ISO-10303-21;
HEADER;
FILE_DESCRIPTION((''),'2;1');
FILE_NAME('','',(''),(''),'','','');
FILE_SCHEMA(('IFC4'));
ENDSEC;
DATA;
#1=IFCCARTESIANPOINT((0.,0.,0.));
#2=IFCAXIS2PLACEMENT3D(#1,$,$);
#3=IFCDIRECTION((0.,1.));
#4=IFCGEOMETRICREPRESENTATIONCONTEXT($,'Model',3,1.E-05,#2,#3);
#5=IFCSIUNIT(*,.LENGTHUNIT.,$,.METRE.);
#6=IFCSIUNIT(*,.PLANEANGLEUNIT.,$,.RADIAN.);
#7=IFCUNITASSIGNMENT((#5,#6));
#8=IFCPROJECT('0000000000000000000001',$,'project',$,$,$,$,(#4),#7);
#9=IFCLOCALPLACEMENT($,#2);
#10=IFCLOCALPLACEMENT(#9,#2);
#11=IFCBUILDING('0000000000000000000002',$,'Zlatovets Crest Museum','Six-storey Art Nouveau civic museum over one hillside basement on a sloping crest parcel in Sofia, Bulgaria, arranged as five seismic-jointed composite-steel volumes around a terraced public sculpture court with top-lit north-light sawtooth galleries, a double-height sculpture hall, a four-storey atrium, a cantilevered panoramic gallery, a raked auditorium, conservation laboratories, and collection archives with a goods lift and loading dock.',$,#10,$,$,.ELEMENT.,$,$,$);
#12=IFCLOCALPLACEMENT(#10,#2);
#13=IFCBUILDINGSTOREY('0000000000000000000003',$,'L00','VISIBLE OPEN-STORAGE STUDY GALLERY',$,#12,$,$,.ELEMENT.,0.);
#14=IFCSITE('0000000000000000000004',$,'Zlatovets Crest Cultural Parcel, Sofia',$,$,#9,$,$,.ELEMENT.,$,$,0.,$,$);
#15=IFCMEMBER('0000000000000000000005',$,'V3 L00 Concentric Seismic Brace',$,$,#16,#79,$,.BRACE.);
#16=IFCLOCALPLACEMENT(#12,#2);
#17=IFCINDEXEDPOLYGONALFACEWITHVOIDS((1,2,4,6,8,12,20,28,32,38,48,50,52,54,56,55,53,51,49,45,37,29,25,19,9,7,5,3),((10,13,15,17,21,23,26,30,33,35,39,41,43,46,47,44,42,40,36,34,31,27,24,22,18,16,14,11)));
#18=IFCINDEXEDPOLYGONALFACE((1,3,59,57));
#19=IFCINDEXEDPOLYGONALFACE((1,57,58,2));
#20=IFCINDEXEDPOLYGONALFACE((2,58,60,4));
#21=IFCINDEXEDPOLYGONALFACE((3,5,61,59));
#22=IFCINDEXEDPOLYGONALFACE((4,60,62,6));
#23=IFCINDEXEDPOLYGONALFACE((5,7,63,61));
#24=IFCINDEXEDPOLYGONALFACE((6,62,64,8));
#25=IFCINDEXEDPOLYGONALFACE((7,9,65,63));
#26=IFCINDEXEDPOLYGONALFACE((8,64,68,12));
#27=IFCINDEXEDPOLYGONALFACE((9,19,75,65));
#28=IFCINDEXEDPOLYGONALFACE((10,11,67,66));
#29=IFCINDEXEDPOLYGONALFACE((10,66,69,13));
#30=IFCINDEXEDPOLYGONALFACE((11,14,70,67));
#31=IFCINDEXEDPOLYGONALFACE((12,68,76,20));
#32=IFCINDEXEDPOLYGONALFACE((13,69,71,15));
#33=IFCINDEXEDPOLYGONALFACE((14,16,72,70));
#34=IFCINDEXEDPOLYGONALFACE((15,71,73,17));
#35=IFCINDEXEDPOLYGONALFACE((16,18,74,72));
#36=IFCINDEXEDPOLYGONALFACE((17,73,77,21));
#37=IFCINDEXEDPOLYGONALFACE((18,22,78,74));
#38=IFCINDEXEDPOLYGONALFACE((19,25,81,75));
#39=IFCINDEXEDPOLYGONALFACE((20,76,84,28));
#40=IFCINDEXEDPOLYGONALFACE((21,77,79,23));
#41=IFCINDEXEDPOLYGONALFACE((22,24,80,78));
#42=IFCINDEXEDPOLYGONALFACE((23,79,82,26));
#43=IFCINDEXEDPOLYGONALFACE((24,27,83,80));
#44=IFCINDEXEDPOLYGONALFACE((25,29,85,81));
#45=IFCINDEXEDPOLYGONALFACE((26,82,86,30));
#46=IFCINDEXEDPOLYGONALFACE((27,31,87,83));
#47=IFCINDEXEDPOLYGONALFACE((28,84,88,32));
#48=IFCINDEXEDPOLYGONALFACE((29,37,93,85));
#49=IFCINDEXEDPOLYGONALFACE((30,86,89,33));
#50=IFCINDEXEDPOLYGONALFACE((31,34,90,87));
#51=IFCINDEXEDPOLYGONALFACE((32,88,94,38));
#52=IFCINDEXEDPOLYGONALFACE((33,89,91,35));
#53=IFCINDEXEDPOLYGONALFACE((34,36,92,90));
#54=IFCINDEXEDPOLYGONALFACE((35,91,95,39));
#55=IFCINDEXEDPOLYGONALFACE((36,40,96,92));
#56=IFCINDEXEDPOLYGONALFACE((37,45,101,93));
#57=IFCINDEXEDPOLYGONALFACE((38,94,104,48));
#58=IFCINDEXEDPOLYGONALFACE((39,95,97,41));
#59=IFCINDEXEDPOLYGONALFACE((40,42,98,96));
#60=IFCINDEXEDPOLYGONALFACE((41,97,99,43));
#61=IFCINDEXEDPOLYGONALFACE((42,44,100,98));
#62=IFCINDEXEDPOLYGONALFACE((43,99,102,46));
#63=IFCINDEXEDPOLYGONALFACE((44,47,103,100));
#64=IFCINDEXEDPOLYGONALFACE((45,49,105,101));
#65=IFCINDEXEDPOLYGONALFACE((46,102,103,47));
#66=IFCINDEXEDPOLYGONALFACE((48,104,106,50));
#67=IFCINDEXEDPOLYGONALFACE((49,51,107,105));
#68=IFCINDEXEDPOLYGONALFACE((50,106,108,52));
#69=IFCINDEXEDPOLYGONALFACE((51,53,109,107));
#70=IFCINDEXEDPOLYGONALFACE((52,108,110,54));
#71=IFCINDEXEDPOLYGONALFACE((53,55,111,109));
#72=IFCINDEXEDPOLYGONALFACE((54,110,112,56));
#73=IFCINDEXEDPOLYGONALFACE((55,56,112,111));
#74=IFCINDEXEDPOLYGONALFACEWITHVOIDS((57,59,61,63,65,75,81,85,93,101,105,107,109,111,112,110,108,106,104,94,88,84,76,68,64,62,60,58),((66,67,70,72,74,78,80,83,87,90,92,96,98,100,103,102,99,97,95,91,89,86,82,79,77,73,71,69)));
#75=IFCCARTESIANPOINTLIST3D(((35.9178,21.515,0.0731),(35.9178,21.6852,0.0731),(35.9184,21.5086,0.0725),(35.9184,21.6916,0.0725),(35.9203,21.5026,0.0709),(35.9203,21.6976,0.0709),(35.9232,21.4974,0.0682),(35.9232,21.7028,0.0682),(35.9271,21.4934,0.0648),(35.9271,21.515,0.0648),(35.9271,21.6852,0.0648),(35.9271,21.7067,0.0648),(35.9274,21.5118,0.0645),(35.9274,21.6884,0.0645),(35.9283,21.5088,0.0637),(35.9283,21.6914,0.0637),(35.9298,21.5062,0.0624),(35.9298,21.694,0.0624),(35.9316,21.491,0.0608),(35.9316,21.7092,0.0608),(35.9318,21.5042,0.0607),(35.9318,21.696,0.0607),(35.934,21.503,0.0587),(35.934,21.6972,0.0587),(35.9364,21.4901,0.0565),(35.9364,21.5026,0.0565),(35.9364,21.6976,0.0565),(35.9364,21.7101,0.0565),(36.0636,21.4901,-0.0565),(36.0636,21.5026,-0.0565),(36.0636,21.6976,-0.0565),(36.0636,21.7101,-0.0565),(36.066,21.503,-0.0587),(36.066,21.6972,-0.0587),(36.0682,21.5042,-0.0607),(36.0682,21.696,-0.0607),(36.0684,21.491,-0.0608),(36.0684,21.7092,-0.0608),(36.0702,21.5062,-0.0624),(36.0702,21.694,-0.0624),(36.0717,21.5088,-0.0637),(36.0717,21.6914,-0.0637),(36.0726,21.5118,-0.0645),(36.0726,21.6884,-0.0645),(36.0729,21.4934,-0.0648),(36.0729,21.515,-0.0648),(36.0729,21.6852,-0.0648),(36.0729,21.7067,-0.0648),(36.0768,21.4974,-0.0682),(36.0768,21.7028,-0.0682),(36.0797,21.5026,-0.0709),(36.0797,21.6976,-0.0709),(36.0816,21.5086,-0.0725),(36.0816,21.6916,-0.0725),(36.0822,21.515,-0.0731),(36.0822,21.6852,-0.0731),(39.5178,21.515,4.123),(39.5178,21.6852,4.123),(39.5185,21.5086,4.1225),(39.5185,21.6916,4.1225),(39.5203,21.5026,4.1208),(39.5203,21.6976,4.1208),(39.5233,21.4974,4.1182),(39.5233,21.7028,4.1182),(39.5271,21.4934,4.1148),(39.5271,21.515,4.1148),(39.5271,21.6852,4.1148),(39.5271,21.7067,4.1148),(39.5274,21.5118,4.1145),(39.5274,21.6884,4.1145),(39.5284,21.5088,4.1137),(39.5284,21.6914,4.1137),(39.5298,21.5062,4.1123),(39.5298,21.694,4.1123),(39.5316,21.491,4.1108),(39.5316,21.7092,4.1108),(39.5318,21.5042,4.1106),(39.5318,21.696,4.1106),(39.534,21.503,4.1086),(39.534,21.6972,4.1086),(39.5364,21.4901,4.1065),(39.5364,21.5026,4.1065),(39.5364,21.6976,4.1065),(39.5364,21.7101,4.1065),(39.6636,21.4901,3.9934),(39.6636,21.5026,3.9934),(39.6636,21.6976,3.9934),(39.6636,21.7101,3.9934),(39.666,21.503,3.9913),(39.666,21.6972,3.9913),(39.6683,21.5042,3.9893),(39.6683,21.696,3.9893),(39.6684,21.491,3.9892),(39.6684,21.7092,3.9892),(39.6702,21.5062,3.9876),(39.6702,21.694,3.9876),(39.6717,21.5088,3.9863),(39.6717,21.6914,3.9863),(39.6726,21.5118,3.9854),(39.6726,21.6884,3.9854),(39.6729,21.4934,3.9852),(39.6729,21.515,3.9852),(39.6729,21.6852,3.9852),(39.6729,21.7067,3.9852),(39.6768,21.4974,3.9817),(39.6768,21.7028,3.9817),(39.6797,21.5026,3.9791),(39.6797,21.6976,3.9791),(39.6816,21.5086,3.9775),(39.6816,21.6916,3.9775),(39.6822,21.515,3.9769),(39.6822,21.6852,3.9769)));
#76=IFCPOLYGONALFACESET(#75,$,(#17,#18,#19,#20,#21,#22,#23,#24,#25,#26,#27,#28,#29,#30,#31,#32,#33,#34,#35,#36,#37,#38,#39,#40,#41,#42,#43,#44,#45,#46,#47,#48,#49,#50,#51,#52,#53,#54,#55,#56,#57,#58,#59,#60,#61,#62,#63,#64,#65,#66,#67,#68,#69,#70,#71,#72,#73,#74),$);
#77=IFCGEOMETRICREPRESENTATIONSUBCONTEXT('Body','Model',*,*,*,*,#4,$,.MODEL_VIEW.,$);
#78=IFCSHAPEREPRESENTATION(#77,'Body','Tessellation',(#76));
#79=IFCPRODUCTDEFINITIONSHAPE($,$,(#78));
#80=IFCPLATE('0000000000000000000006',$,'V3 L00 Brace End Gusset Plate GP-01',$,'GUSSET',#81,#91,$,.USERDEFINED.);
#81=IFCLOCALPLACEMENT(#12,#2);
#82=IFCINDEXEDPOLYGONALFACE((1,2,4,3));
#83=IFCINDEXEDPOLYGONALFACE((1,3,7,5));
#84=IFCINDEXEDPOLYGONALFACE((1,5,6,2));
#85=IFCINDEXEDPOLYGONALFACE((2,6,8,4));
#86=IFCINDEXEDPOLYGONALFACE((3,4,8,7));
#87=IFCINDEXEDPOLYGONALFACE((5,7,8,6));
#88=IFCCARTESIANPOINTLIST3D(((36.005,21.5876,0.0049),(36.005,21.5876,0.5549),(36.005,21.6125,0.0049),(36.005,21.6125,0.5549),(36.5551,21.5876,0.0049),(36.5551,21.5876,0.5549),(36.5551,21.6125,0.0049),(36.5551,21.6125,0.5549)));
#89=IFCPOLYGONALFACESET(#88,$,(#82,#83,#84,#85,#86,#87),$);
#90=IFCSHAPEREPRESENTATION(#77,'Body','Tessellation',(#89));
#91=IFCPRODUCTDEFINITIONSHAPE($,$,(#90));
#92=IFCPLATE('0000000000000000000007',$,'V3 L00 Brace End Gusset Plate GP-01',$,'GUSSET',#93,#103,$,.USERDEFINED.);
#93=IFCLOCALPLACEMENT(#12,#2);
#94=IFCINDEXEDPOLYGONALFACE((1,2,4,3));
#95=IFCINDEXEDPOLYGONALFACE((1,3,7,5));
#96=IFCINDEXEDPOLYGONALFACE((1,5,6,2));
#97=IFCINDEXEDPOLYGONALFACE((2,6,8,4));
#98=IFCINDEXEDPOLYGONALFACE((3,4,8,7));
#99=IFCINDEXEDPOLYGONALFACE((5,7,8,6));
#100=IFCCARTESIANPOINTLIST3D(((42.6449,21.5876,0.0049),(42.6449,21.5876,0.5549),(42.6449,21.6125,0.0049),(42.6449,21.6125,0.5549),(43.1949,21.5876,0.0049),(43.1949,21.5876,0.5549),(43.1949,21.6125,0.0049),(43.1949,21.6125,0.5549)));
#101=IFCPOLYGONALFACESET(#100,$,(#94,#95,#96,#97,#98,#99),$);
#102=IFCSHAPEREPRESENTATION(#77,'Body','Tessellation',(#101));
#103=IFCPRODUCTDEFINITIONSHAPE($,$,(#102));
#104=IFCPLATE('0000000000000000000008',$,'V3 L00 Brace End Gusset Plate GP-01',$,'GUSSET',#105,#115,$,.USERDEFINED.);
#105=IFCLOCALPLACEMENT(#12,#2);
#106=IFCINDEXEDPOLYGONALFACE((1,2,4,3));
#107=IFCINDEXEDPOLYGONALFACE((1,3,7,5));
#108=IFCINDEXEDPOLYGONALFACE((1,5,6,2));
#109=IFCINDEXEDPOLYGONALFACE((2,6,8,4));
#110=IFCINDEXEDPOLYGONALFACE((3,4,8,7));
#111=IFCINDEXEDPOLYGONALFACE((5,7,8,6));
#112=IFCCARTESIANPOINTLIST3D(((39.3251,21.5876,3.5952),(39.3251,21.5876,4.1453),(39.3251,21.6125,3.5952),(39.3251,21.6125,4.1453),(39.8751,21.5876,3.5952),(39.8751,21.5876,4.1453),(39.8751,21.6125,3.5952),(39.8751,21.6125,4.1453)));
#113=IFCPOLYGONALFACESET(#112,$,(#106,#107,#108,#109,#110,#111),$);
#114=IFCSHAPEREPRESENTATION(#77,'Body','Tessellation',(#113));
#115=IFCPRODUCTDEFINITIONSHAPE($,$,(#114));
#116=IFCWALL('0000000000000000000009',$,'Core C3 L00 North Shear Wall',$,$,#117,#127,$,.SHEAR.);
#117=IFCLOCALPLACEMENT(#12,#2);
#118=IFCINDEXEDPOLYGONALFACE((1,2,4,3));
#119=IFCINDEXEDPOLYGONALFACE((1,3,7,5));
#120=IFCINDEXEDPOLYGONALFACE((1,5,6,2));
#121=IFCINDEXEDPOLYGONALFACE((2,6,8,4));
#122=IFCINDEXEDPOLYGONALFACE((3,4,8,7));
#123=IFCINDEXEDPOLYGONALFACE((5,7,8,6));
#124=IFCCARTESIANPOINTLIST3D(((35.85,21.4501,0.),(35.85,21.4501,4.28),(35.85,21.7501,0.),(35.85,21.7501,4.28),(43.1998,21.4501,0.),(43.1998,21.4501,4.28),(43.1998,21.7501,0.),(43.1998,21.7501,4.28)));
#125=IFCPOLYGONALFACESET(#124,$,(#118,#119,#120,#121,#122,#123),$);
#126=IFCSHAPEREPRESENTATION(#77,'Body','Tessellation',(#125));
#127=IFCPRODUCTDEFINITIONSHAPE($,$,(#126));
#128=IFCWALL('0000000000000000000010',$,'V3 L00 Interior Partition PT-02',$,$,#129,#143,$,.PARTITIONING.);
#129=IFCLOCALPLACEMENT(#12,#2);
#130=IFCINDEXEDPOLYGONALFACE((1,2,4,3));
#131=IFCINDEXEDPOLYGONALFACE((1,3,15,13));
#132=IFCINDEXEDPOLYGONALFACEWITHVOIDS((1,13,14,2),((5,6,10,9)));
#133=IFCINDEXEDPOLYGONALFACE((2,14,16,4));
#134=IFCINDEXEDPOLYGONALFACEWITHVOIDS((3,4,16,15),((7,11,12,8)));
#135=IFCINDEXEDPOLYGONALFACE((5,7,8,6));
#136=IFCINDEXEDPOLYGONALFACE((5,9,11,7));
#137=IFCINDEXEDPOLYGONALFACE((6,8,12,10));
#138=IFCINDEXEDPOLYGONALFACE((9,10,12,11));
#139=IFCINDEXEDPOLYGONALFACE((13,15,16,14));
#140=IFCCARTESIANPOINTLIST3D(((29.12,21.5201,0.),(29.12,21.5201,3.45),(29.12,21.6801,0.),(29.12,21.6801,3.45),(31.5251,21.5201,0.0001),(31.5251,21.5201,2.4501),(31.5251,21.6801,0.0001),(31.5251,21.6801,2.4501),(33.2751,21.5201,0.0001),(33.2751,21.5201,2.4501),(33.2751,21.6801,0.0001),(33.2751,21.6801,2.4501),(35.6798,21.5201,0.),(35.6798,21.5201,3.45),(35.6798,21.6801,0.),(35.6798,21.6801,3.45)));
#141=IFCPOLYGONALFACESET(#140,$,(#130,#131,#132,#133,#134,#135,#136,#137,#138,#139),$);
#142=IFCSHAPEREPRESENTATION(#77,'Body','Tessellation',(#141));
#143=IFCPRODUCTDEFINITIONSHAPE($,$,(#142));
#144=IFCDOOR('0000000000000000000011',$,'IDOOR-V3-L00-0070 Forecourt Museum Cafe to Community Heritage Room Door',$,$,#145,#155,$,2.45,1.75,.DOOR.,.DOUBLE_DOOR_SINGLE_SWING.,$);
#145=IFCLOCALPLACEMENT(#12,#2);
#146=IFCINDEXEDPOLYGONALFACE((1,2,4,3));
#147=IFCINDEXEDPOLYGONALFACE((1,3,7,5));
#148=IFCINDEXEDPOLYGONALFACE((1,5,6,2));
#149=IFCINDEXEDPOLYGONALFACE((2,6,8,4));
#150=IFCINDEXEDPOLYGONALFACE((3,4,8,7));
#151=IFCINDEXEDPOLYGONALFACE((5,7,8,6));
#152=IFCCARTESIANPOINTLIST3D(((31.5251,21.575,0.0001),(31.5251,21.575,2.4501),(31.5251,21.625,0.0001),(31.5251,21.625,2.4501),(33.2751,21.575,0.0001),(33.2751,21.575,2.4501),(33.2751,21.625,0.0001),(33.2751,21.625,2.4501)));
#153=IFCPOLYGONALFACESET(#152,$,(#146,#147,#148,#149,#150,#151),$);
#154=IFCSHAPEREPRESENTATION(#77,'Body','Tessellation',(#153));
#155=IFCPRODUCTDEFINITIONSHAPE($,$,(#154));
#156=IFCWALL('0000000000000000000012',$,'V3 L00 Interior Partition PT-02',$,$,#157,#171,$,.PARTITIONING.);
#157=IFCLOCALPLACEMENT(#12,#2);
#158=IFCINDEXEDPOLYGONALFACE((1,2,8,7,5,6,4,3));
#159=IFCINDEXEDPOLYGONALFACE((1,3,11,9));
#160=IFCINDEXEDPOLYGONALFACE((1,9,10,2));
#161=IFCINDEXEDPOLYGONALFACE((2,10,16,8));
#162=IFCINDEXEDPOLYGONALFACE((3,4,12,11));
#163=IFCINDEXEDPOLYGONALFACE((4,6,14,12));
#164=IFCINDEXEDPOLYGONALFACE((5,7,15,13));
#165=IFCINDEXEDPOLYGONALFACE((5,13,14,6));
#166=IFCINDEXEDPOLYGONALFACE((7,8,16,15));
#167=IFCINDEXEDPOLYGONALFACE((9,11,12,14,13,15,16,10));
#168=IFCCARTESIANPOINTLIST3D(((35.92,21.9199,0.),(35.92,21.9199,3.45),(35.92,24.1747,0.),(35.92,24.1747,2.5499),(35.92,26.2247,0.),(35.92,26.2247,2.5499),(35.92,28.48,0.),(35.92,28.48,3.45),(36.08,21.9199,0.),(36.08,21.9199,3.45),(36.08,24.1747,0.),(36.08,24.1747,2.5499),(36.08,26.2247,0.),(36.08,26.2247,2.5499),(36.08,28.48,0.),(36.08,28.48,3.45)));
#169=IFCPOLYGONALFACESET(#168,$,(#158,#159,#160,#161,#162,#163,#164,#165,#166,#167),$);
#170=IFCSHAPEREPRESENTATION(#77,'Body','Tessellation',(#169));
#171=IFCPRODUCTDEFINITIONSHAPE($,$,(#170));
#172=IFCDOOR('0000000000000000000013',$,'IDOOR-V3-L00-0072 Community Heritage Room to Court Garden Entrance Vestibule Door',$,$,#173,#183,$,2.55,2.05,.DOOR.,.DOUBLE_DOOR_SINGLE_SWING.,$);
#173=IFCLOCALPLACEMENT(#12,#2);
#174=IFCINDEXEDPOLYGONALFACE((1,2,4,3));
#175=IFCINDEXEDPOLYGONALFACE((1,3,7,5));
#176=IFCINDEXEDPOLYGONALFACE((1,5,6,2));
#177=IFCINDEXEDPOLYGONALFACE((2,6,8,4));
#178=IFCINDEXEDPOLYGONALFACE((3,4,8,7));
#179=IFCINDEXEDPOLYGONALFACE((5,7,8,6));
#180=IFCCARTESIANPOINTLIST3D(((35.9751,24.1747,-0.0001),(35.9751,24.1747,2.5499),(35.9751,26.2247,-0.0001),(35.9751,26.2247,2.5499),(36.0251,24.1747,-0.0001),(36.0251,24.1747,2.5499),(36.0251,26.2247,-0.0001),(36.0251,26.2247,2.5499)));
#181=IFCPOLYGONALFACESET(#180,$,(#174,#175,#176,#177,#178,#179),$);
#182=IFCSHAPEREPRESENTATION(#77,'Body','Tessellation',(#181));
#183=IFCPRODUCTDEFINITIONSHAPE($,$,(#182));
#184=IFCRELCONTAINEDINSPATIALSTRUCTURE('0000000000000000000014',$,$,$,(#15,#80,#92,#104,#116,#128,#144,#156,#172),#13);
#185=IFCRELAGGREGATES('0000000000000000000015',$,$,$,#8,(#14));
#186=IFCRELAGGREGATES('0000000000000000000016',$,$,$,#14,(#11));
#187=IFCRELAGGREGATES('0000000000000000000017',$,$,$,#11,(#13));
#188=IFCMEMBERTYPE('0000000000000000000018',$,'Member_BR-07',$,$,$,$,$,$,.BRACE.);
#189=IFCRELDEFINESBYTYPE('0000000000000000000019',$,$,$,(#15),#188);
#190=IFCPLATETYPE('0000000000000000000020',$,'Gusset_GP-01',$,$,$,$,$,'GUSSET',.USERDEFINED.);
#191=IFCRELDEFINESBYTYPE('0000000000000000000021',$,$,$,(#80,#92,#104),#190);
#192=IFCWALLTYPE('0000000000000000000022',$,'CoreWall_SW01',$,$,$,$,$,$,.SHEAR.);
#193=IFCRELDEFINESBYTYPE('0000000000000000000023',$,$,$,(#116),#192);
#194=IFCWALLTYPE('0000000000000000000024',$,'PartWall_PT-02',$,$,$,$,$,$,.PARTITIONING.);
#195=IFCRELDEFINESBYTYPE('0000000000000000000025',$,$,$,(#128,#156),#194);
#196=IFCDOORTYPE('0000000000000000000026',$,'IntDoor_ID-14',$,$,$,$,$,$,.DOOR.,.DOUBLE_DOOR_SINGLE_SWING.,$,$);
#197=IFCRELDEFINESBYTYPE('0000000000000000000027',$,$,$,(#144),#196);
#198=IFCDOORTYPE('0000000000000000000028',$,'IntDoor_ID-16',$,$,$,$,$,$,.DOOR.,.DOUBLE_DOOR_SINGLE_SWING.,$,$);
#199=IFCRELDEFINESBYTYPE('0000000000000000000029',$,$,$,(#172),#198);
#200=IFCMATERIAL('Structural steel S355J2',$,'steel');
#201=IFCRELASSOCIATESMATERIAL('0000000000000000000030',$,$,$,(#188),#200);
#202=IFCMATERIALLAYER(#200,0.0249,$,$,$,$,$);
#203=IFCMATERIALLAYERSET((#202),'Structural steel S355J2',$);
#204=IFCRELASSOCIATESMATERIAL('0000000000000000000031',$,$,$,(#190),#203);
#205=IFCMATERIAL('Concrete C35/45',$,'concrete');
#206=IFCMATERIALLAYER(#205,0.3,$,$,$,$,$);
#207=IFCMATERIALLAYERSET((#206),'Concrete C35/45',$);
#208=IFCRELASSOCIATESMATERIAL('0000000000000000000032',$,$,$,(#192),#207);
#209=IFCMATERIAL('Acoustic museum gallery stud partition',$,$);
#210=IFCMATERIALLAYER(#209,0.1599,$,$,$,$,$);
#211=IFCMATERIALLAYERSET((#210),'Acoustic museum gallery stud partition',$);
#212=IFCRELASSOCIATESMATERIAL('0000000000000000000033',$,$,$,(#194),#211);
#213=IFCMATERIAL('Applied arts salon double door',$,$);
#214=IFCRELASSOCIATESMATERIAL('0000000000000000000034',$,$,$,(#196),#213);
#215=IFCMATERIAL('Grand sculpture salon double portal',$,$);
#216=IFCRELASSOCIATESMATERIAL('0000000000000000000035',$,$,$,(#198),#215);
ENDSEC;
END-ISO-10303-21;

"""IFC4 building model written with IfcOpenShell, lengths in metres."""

from ifc_helpers import new_model, si_unit, direction, frame, frame_2d, origin, origin_2d, place, context, subcontext, project, spatial, rectangle, hollow_rectangle, extrude, material, layer, layer_set, material_profile, profile_set, type_object, element, fill, save


model = new_model("IFC4")

# Units and contexts
model_context = context("Model", 3, precision=1e-05, world=origin(), true_north=direction((0.0, 1.0)))
body_context = subcontext(model_context, "Body", "Model", "MODEL_VIEW")
ifc_project = project(units=[si_unit("LENGTHUNIT", "METRE"), si_unit("PLANEANGLEUNIT", "RADIAN")], contexts=[model_context])

# Site, building, storey
site_placement = place(None, origin())
site = spatial("IfcSite", under=ifc_project, at=site_placement, Name="Zlatovets Crest Cultural Parcel, Sofia", CompositionType="ELEMENT", RefElevation=0.0)
building_placement = place(site_placement, origin())
building = spatial("IfcBuilding", under=site, at=building_placement, Name="Zlatovets Crest Museum", Description="Six-storey Art Nouveau civic museum over one hillside basement on a sloping crest parcel in Sofia, Bulgaria, arranged as five seismic-jointed composite-steel volumes around a terraced public sculpture court with top-lit north-light sawtooth galleries, a double-height sculpture hall, a four-storey atrium, a cantilevered panoramic gallery, a raked auditorium, conservation laboratories, and collection archives with a goods lift and loading dock.", CompositionType="ELEMENT")
storey_placement = place(building_placement, origin())
storey = spatial("IfcBuildingStorey", under=building, at=storey_placement, Name="L00", Description="VISIBLE OPEN-STORAGE STUDY GALLERY", CompositionType="ELEMENT", Elevation=0.0)

# Shared definitions
ifc_material_1 = material(Name="Structural steel S355J2", Category="steel")

# Member
ifc_material_profile_1 = material_profile(ifc_material_1, hollow_rectangle(XDim=0.22, YDim=0.22, WallThickness=0.0125, InnerFilletRadius=0.0125, OuterFilletRadius=0.0249, at=origin_2d()), Name="SHS 220x220x12.5")
ifc_profile_set_1 = profile_set([ifc_material_profile_1], Name="Structural steel S355J2")
member_type = type_object("IfcMemberType", Name="Member_BR-07", PredefinedType="BRACE", material=ifc_profile_set_1)
member_placement = place(storey_placement, frame((36.0, 21.6001, 0.0), z_axis=(0.664369, 0.0, 0.747404), x_axis=(0.0, 1.0, 0.0)))
element("IfcMember", 1, at=member_placement, inside=storey, type_object=member_type, Name="V3 L00 Concentric Seismic Brace", PredefinedType="BRACE", context=body_context, shape_type="SweptSolid", body=[
    extrude(hollow_rectangle(XDim=0.22, YDim=0.22, WallThickness=0.0125, InnerFilletRadius=0.0125, OuterFilletRadius=0.0249, at=origin_2d()), origin(), (0.0, 0.0, 1.0), 5.4187),
])

# Plates
ifc_layer_1 = layer(ifc_material_1, 0.0249)
ifc_layer_set_1 = layer_set([ifc_layer_1], Name="Structural steel S355J2")
plate_type = type_object("IfcPlateType", Name="Gusset_GP-01", ElementType="GUSSET", PredefinedType="USERDEFINED", material=ifc_layer_set_1)
for number, where, z_axis, x_axis, name in (
    (2, (36.28, 21.6001, 0.0049), (0.0, 0.0, 1.0), (1.0, 0.0, 0.0), "V3 L00 Brace End Gusset Plate GP-01"),
    (3, (42.9199, 21.6001, 0.0049), (0.0, 0.0, 1.0), (1.0, 0.0, 0.0), "V3 L00 Brace End Gusset Plate GP-01"),
    (4, (39.6001, 21.6001, 3.5952), (0.0, 0.0, 1.0), (1.0, 0.0, 0.0), "V3 L00 Brace End Gusset Plate GP-01"),
):
    element("IfcPlate", number, at=place(storey_placement, frame(where, z_axis=z_axis, x_axis=x_axis)), inside=storey, type_object=plate_type, Name=name, ObjectType="GUSSET", PredefinedType="USERDEFINED", context=body_context, shape_type="SweptSolid", body=[
        extrude(rectangle(XDim=0.55, YDim=0.0249, at=origin_2d()), origin(), (0.0, 0.0, 1.0), 0.55),
    ])

# Wall
ifc_material_2 = material(Name="Concrete C35/45", Category="concrete")
ifc_layer_2 = layer(ifc_material_2, 0.3)
ifc_layer_set_2 = layer_set([ifc_layer_2], Name="Concrete C35/45")
wall_type_1 = type_object("IfcWallType", Name="CoreWall_SW01", PredefinedType="SHEAR", material=ifc_layer_set_2)
wall_1_placement = place(storey_placement, frame((35.8501, 21.6001, 0.0), z_axis=(0.0, 0.0, 1.0), x_axis=(1.0, 0.0, 0.0)))
element("IfcWall", 5, at=wall_1_placement, inside=storey, type_object=wall_type_1, Name="Core C3 L00 North Shear Wall", PredefinedType="SHEAR", context=body_context, shape_type="SweptSolid", body=[
    extrude(rectangle(XDim=7.3499, YDim=0.3, at=frame_2d((3.6748, 0.0))), origin(), (0.0, 0.0, 1.0), 4.28),
])

# Walls, openings, doors
ifc_material_3 = material(Name="Acoustic museum gallery stud partition")
ifc_layer_3 = layer(ifc_material_3, 0.1599)
ifc_layer_set_3 = layer_set([ifc_layer_3], Name="Acoustic museum gallery stud partition")
wall_type_2 = type_object("IfcWallType", Name="PartWall_PT-02", PredefinedType="PARTITIONING", material=ifc_layer_set_3)
wall_2_placement = place(storey_placement, frame((29.1201, 21.6001, 0.0), z_axis=(0.0, 0.0, 1.0), x_axis=(1.0, 0.0, 0.0)))
wall_2 = element("IfcWall", 6, at=wall_2_placement, inside=storey, type_object=wall_type_2, Name="V3 L00 Interior Partition PT-02", PredefinedType="PARTITIONING", context=body_context, shape_type="SweptSolid", body=[
    extrude(rectangle(XDim=6.5598, YDim=0.1599, at=frame_2d((3.2798, 0.0))), origin(), (0.0, 0.0, 1.0), 3.45),
])
opening_1_placement = place(wall_2_placement, frame((2.405, 0.0, 0.0)))
opening_1 = element("IfcOpeningElement", 7, at=opening_1_placement, cuts=wall_2, PredefinedType="OPENING", context=body_context, shape_type="SweptSolid", body=[
    extrude(rectangle(XDim=1.75, YDim=2.45, at=frame_2d((0.875, 1.2251))), frame((0.0, 0.0898, 0.0), z_axis=(0.0, -1.0, 0.0), x_axis=(1.0, 0.0, 0.0)), (0.0, 0.0, 1.0), 0.1799),
])
ifc_material_4 = material(Name="Applied arts salon double door")
door_type_1 = type_object("IfcDoorType", Name="IntDoor_ID-14", OperationType="DOUBLE_DOOR_SINGLE_SWING", PredefinedType="DOOR", material=ifc_material_4)
door_1_placement = place(opening_1_placement, origin())
door_1 = element("IfcDoor", 8, at=door_1_placement, inside=storey, type_object=door_type_1, Name="IDOOR-V3-L00-0070 Forecourt Museum Cafe to Community Heritage Room Door", OperationType="DOUBLE_DOOR_SINGLE_SWING", OverallHeight=2.45, OverallWidth=1.75, PredefinedType="DOOR", context=body_context, shape_type="SweptSolid", body=[
    extrude(rectangle(XDim=1.75, YDim=2.45, at=frame_2d((0.875, 1.2251))), frame((0.0, 0.0249, 0.0), z_axis=(0.0, -1.0, 0.0), x_axis=(1.0, 0.0, 0.0)), (0.0, 0.0, 1.0), 0.05),
])
fill(opening_1, door_1)
wall_3_placement = place(storey_placement, frame((36.0, 21.9199, 0.0), z_axis=(0.0, 0.0, 1.0), x_axis=(0.0, 1.0, 0.0)))
wall_3 = element("IfcWall", 9, at=wall_3_placement, inside=storey, type_object=wall_type_2, Name="V3 L00 Interior Partition PT-02", PredefinedType="PARTITIONING", context=body_context, shape_type="SweptSolid", body=[
    extrude(rectangle(XDim=6.5601, YDim=0.1599, at=frame_2d((3.28, 0.0))), origin(), (0.0, 0.0, 1.0), 3.45),
])
opening_2_placement = place(wall_3_placement, frame((2.2549, 0.0, 0.0)))
opening_2 = element("IfcOpeningElement", 10, at=opening_2_placement, cuts=wall_3, PredefinedType="OPENING", context=body_context, shape_type="SweptSolid", body=[
    extrude(rectangle(XDim=2.05, YDim=2.55, at=frame_2d((1.0249, 1.2749))), frame((0.0, 0.0898, 0.0), z_axis=(0.0, -1.0, 0.0), x_axis=(1.0, 0.0, 0.0)), (0.0, 0.0, 1.0), 0.1799),
])
ifc_material_5 = material(Name="Grand sculpture salon double portal")
door_type_2 = type_object("IfcDoorType", Name="IntDoor_ID-16", OperationType="DOUBLE_DOOR_SINGLE_SWING", PredefinedType="DOOR", material=ifc_material_5)
door_2_placement = place(opening_2_placement, origin())
door_2 = element("IfcDoor", 11, at=door_2_placement, inside=storey, type_object=door_type_2, Name="IDOOR-V3-L00-0072 Community Heritage Room to Court Garden Entrance Vestibule Door", OperationType="DOUBLE_DOOR_SINGLE_SWING", OverallHeight=2.55, OverallWidth=2.05, PredefinedType="DOOR", context=body_context, shape_type="SweptSolid", body=[
    extrude(rectangle(XDim=2.05, YDim=2.55, at=frame_2d((1.0249, 1.2749))), frame((0.0, 0.0249, 0.0), z_axis=(0.0, -1.0, 0.0), x_axis=(1.0, 0.0, 0.0)), (0.0, 0.0, 1.0), 0.05),
])
fill(opening_2, door_2)

save(model, "model.ifc")
